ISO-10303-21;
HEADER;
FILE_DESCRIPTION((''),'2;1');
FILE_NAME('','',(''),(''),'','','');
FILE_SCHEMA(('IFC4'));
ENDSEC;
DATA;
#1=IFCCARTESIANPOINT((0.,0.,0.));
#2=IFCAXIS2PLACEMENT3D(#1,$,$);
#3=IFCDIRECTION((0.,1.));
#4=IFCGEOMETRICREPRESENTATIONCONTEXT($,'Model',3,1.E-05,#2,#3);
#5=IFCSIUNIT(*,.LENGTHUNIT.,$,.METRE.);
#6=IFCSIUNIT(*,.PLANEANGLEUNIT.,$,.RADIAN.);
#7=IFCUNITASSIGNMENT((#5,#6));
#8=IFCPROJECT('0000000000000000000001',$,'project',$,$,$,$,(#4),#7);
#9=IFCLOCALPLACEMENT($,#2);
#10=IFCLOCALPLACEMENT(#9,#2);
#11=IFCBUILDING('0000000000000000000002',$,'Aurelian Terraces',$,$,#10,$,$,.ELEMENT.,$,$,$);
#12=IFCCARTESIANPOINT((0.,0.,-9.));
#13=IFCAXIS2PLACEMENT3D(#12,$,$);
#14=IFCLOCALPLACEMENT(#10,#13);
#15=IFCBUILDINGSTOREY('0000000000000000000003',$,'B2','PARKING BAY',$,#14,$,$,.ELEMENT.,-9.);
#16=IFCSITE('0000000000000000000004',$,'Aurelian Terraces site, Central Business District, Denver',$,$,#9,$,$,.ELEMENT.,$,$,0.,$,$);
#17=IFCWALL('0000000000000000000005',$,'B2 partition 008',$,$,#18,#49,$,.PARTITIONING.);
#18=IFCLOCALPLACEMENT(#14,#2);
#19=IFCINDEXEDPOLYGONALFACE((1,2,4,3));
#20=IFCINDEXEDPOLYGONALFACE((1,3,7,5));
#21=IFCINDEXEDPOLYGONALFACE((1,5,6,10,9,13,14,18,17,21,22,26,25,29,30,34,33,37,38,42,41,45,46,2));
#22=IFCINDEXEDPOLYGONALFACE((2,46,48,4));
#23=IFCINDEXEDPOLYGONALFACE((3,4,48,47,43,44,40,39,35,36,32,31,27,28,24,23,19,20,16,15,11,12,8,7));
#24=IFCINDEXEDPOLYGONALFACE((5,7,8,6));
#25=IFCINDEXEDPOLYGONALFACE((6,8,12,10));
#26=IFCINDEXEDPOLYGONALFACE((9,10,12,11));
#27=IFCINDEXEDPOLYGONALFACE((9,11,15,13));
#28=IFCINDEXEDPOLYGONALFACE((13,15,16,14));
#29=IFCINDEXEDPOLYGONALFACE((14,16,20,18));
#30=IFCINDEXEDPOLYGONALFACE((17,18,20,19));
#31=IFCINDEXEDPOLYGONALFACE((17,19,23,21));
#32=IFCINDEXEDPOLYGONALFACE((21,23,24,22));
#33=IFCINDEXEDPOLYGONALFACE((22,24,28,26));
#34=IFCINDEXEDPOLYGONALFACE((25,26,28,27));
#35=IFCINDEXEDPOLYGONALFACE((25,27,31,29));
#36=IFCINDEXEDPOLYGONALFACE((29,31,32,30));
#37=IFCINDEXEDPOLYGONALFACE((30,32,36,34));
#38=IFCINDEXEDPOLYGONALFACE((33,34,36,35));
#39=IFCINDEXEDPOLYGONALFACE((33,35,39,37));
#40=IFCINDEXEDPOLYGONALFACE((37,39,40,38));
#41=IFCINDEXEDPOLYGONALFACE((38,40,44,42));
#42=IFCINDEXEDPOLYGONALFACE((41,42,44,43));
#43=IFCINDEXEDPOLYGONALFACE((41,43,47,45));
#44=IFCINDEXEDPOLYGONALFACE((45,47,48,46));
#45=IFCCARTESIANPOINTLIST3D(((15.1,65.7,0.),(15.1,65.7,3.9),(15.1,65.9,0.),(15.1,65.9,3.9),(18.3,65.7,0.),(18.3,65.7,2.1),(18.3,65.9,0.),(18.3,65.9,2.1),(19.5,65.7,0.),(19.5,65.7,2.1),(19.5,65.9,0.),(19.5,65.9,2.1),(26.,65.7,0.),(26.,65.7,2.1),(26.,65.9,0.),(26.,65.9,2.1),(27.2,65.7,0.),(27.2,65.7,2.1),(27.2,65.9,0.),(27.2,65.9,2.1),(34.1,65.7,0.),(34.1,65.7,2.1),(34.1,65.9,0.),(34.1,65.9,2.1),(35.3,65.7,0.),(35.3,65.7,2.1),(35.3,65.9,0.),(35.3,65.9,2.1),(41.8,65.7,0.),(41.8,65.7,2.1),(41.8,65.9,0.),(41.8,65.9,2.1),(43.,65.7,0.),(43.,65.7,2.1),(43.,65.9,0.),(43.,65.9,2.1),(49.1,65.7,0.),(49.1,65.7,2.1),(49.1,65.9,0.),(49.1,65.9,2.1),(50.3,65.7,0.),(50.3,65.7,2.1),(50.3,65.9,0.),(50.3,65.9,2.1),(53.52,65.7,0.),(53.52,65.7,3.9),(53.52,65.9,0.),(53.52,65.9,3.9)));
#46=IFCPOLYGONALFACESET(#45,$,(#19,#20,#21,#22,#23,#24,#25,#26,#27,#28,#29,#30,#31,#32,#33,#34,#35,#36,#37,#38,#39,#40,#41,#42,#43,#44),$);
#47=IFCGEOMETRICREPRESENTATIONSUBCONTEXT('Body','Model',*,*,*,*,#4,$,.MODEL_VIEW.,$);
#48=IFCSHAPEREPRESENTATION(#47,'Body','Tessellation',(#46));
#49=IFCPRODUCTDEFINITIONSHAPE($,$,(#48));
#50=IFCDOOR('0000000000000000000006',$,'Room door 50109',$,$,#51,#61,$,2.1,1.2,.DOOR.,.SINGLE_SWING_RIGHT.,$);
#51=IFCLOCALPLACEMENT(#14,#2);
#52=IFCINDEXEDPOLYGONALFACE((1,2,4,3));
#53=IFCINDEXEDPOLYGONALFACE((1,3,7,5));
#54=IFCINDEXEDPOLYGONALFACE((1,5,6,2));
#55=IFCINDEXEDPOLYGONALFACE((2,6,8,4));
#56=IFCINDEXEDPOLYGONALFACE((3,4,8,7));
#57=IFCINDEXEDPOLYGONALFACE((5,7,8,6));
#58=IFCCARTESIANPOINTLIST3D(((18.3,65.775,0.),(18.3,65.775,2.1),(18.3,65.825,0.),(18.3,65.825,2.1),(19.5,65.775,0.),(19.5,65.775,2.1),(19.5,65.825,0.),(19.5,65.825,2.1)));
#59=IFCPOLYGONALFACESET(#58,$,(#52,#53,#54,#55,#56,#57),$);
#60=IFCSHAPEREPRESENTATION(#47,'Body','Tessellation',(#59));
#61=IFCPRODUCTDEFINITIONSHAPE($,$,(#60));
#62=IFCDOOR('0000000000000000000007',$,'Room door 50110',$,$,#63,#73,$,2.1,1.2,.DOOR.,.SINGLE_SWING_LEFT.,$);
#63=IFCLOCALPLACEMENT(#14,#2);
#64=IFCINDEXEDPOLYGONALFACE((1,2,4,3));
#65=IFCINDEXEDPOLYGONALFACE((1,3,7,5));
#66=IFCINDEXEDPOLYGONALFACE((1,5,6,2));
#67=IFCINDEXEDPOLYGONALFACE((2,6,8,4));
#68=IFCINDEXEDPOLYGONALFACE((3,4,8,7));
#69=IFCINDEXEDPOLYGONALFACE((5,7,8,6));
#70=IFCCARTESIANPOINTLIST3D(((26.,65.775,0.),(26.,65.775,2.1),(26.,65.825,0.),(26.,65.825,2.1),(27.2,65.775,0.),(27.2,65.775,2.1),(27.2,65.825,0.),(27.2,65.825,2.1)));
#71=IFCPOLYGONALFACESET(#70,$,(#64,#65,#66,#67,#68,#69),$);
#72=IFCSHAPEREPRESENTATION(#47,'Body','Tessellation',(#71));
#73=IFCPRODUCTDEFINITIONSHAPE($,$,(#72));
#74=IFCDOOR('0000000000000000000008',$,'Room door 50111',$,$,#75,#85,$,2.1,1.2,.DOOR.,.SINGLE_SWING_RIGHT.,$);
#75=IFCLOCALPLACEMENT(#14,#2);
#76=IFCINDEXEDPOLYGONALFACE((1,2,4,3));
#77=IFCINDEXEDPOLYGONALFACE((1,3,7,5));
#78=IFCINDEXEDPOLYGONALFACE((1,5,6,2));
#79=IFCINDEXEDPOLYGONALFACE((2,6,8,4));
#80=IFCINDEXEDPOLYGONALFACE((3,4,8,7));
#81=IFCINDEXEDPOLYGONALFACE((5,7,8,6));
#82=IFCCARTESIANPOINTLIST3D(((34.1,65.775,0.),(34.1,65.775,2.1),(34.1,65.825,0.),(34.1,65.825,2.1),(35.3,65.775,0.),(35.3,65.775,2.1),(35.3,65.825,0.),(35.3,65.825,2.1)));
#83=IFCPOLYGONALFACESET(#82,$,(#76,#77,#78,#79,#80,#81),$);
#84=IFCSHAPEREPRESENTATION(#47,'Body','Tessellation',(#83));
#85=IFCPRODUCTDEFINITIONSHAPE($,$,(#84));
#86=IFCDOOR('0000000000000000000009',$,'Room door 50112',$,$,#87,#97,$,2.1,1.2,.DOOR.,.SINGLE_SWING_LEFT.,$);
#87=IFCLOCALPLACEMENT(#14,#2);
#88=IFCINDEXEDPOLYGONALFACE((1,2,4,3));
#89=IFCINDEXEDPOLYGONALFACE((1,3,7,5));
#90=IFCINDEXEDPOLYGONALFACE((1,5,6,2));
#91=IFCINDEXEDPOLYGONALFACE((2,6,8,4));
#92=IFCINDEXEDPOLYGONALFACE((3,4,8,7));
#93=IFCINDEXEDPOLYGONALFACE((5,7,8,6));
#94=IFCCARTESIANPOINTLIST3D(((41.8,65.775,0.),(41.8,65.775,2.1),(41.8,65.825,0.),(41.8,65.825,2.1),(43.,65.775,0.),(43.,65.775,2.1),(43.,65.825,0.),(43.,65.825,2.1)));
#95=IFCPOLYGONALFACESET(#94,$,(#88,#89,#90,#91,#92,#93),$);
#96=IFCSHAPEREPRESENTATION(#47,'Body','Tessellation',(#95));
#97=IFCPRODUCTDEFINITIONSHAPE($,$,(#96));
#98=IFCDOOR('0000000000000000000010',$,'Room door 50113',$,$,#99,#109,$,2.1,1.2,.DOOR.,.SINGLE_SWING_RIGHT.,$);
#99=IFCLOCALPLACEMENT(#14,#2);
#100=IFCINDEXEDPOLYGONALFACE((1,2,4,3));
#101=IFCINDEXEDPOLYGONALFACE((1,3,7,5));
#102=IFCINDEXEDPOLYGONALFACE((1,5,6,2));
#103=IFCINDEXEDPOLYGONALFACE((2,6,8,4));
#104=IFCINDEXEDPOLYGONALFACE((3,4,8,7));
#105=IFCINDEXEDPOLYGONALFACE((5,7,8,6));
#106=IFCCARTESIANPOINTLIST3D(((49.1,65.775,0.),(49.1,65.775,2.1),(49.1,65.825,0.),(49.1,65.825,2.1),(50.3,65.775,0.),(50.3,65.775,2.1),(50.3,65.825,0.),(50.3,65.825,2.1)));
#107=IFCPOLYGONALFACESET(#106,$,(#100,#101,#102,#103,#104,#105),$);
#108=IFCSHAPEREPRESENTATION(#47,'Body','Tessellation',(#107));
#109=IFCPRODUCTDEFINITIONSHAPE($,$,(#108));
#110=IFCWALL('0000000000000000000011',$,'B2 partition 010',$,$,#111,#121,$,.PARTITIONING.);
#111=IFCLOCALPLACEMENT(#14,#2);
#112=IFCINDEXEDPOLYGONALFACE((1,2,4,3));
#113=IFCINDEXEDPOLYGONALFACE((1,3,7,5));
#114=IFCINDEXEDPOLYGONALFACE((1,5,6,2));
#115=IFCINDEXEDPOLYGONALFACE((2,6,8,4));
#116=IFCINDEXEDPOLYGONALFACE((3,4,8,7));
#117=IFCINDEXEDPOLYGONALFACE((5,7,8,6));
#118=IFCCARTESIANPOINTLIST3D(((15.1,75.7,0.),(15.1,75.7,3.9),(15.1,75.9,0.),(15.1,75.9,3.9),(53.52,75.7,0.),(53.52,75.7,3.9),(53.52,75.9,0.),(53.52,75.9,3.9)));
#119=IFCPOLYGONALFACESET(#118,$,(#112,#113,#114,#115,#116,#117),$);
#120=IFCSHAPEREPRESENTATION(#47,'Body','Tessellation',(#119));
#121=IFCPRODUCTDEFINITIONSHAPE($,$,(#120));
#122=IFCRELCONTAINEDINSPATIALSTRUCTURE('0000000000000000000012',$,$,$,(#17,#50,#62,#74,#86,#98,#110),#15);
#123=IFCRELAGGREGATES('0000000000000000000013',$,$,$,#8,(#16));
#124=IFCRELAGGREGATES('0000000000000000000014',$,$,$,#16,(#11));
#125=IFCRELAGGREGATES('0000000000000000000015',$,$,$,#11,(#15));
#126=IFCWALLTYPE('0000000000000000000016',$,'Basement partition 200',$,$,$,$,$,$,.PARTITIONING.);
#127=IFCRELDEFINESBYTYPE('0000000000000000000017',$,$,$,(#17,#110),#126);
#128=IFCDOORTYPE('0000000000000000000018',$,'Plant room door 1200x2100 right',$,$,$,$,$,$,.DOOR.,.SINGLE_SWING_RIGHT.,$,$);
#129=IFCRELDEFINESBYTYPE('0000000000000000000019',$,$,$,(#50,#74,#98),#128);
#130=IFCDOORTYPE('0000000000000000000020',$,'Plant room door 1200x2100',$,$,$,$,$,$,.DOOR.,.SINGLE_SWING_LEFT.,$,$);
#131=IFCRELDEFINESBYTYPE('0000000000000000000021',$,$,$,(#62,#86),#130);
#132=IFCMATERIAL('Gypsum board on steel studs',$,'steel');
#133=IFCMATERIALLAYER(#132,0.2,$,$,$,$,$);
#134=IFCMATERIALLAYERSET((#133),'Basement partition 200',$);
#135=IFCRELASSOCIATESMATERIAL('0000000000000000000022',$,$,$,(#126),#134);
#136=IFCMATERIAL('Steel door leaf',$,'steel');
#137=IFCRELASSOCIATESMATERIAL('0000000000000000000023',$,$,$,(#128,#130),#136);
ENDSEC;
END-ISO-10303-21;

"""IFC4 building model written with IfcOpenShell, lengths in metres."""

from ifc_helpers import new_model, si_unit, direction, frame, frame_2d, origin, place, context, subcontext, project, spatial, rectangle, extrude, source, transform, mapped, material, layer, layer_set, type_object, element, fill, save


model = new_model("IFC4")

# Units and contexts
model_context = context("Model", 3, precision=1e-05, world=origin(), true_north=direction((0.0, 1.0)))
body_context = subcontext(model_context, "Body", "Model", "MODEL_VIEW")
ifc_project = project(units=[si_unit("LENGTHUNIT", "METRE"), si_unit("PLANEANGLEUNIT", "RADIAN")], contexts=[model_context])

# Site, building, storey
site_placement = place(None, origin())
site = spatial("IfcSite", under=ifc_project, at=site_placement, Name="Aurelian Terraces site, Central Business District, Denver", CompositionType="ELEMENT", RefElevation=0.0)
building_placement = place(site_placement, origin())
building = spatial("IfcBuilding", under=site, at=building_placement, Name="Aurelian Terraces", CompositionType="ELEMENT")
storey_placement = place(building_placement, frame((0.0, 0.0, -9.0)))
storey = spatial("IfcBuildingStorey", under=building, at=storey_placement, Name="B2", Description="PARKING BAY", CompositionType="ELEMENT", Elevation=-9.0)

# Shared definitions
ifc_material_1 = material(Name="Gypsum board on steel studs", Category="steel")
ifc_layer_1 = layer(ifc_material_1, 0.2)
ifc_layer_set_1 = layer_set([ifc_layer_1], Name="Basement partition 200")
wall_type_1 = type_object("IfcWallType", Name="Basement partition 200", PredefinedType="PARTITIONING", material=ifc_layer_set_1)

# Wall, openings, doors
shared_shape_1 = source(origin(), body_context, "Body", "SweptSolid", [
    extrude(rectangle(XDim=38.42, YDim=0.2, at=frame_2d((19.21, 0.0))), origin(), (0.0, 0.0, 1.0), 3.9),
])
wall_1_placement = place(storey_placement, frame((15.1, 65.8, 0.0), z_axis=(0.0, 0.0, 1.0), x_axis=(1.0, 0.0, 0.0)))
wall_1 = element("IfcWall", 1, at=wall_1_placement, inside=storey, type_object=wall_type_1, Name="B2 partition 008", PredefinedType="PARTITIONING", context=body_context, shape_type="MappedRepresentation", body=[
    mapped(shared_shape_1, transform((0.0, 0.0, 0.0), scale=1.0)),
])
shared_shape_2 = source(origin(), body_context, "Body", "SweptSolid", [
    extrude(rectangle(XDim=1.2, YDim=2.1, at=frame_2d((0.6, 1.05))), frame((0.0, 0.11, 0.0), z_axis=(0.0, -1.0, 0.0), x_axis=(1.0, 0.0, 0.0)), (0.0, 0.0, 1.0), 0.22),
])
opening_1_placement = place(wall_1_placement, frame((3.2, 0.0, 0.0)))
opening_1 = element("IfcOpeningElement", 2, at=opening_1_placement, cuts=wall_1, PredefinedType="OPENING", context=body_context, shape_type="MappedRepresentation", body=[
    mapped(shared_shape_2, transform((0.0, 0.0, 0.0), scale=1.0)),
])
opening_2_placement = place(wall_1_placement, frame((10.9, 0.0, 0.0)))
opening_2 = element("IfcOpeningElement", 3, at=opening_2_placement, cuts=wall_1, PredefinedType="OPENING", context=body_context, shape_type="MappedRepresentation", body=[
    mapped(shared_shape_2, transform((0.0, 0.0, 0.0), scale=1.0)),
])
opening_3_placement = place(wall_1_placement, frame((19.0, 0.0, 0.0)))
opening_3 = element("IfcOpeningElement", 4, at=opening_3_placement, cuts=wall_1, PredefinedType="OPENING", context=body_context, shape_type="MappedRepresentation", body=[
    mapped(shared_shape_2, transform((0.0, 0.0, 0.0), scale=1.0)),
])
opening_4_placement = place(wall_1_placement, frame((26.7, 0.0, 0.0)))
opening_4 = element("IfcOpeningElement", 5, at=opening_4_placement, cuts=wall_1, PredefinedType="OPENING", context=body_context, shape_type="MappedRepresentation", body=[
    mapped(shared_shape_2, transform((0.0, 0.0, 0.0), scale=1.0)),
])
opening_5_placement = place(wall_1_placement, frame((34.0, 0.0, 0.0)))
opening_5 = element("IfcOpeningElement", 6, at=opening_5_placement, cuts=wall_1, PredefinedType="OPENING", context=body_context, shape_type="MappedRepresentation", body=[
    mapped(shared_shape_2, transform((0.0, 0.0, 0.0), scale=1.0)),
])
ifc_material_2 = material(Name="Steel door leaf", Category="steel")
door_type_1 = type_object("IfcDoorType", Name="Plant room door 1200x2100 right", OperationType="SINGLE_SWING_RIGHT", PredefinedType="DOOR", material=ifc_material_2)
shared_shape_3 = source(origin(), body_context, "Body", "SweptSolid", [
    extrude(rectangle(XDim=1.2, YDim=2.1, at=frame_2d((0.6, 1.05))), frame((0.0, 0.025, 0.0), z_axis=(0.0, -1.0, 0.0), x_axis=(1.0, 0.0, 0.0)), (0.0, 0.0, 1.0), 0.05),
])
door_1_placement = place(opening_1_placement, origin())
door_1 = element("IfcDoor", 7, at=door_1_placement, inside=storey, type_object=door_type_1, Name="Room door 50109", OperationType="SINGLE_SWING_RIGHT", OverallHeight=2.1, OverallWidth=1.2, PredefinedType="DOOR", context=body_context, shape_type="MappedRepresentation", body=[
    mapped(shared_shape_3, transform((0.0, 0.0, 0.0), scale=1.0)),
])
fill(opening_1, door_1)
door_type_2 = type_object("IfcDoorType", Name="Plant room door 1200x2100", OperationType="SINGLE_SWING_LEFT", PredefinedType="DOOR", material=ifc_material_2)
door_2_placement = place(opening_2_placement, origin())
door_2 = element("IfcDoor", 8, at=door_2_placement, inside=storey, type_object=door_type_2, Name="Room door 50110", OperationType="SINGLE_SWING_LEFT", OverallHeight=2.1, OverallWidth=1.2, PredefinedType="DOOR", context=body_context, shape_type="MappedRepresentation", body=[
    mapped(shared_shape_3, transform((0.0, 0.0, 0.0), scale=1.0)),
])
fill(opening_2, door_2)
door_3_placement = place(opening_3_placement, origin())
door_3 = element("IfcDoor", 9, at=door_3_placement, inside=storey, type_object=door_type_1, Name="Room door 50111", OperationType="SINGLE_SWING_RIGHT", OverallHeight=2.1, OverallWidth=1.2, PredefinedType="DOOR", context=body_context, shape_type="MappedRepresentation", body=[
    mapped(shared_shape_3, transform((0.0, 0.0, 0.0), scale=1.0)),
])
fill(opening_3, door_3)
door_4_placement = place(opening_4_placement, origin())
door_4 = element("IfcDoor", 10, at=door_4_placement, inside=storey, type_object=door_type_2, Name="Room door 50112", OperationType="SINGLE_SWING_LEFT", OverallHeight=2.1, OverallWidth=1.2, PredefinedType="DOOR", context=body_context, shape_type="MappedRepresentation", body=[
    mapped(shared_shape_3, transform((0.0, 0.0, 0.0), scale=1.0)),
])
fill(opening_4, door_4)
door_5_placement = place(opening_5_placement, origin())
door_5 = element("IfcDoor", 11, at=door_5_placement, inside=storey, type_object=door_type_1, Name="Room door 50113", OperationType="SINGLE_SWING_RIGHT", OverallHeight=2.1, OverallWidth=1.2, PredefinedType="DOOR", context=body_context, shape_type="MappedRepresentation", body=[
    mapped(shared_shape_3, transform((0.0, 0.0, 0.0), scale=1.0)),
])
fill(opening_5, door_5)

# Wall
wall_2_placement = place(storey_placement, frame((15.1, 75.8, 0.0), z_axis=(0.0, 0.0, 1.0), x_axis=(1.0, 0.0, 0.0)))
element("IfcWall", 12, at=wall_2_placement, inside=storey, type_object=wall_type_1, Name="B2 partition 010", PredefinedType="PARTITIONING", context=body_context, shape_type="MappedRepresentation", body=[
    mapped(shared_shape_1, transform((0.0, 0.0, 0.0), scale=1.0)),
])

save(model, "model.ifc")
